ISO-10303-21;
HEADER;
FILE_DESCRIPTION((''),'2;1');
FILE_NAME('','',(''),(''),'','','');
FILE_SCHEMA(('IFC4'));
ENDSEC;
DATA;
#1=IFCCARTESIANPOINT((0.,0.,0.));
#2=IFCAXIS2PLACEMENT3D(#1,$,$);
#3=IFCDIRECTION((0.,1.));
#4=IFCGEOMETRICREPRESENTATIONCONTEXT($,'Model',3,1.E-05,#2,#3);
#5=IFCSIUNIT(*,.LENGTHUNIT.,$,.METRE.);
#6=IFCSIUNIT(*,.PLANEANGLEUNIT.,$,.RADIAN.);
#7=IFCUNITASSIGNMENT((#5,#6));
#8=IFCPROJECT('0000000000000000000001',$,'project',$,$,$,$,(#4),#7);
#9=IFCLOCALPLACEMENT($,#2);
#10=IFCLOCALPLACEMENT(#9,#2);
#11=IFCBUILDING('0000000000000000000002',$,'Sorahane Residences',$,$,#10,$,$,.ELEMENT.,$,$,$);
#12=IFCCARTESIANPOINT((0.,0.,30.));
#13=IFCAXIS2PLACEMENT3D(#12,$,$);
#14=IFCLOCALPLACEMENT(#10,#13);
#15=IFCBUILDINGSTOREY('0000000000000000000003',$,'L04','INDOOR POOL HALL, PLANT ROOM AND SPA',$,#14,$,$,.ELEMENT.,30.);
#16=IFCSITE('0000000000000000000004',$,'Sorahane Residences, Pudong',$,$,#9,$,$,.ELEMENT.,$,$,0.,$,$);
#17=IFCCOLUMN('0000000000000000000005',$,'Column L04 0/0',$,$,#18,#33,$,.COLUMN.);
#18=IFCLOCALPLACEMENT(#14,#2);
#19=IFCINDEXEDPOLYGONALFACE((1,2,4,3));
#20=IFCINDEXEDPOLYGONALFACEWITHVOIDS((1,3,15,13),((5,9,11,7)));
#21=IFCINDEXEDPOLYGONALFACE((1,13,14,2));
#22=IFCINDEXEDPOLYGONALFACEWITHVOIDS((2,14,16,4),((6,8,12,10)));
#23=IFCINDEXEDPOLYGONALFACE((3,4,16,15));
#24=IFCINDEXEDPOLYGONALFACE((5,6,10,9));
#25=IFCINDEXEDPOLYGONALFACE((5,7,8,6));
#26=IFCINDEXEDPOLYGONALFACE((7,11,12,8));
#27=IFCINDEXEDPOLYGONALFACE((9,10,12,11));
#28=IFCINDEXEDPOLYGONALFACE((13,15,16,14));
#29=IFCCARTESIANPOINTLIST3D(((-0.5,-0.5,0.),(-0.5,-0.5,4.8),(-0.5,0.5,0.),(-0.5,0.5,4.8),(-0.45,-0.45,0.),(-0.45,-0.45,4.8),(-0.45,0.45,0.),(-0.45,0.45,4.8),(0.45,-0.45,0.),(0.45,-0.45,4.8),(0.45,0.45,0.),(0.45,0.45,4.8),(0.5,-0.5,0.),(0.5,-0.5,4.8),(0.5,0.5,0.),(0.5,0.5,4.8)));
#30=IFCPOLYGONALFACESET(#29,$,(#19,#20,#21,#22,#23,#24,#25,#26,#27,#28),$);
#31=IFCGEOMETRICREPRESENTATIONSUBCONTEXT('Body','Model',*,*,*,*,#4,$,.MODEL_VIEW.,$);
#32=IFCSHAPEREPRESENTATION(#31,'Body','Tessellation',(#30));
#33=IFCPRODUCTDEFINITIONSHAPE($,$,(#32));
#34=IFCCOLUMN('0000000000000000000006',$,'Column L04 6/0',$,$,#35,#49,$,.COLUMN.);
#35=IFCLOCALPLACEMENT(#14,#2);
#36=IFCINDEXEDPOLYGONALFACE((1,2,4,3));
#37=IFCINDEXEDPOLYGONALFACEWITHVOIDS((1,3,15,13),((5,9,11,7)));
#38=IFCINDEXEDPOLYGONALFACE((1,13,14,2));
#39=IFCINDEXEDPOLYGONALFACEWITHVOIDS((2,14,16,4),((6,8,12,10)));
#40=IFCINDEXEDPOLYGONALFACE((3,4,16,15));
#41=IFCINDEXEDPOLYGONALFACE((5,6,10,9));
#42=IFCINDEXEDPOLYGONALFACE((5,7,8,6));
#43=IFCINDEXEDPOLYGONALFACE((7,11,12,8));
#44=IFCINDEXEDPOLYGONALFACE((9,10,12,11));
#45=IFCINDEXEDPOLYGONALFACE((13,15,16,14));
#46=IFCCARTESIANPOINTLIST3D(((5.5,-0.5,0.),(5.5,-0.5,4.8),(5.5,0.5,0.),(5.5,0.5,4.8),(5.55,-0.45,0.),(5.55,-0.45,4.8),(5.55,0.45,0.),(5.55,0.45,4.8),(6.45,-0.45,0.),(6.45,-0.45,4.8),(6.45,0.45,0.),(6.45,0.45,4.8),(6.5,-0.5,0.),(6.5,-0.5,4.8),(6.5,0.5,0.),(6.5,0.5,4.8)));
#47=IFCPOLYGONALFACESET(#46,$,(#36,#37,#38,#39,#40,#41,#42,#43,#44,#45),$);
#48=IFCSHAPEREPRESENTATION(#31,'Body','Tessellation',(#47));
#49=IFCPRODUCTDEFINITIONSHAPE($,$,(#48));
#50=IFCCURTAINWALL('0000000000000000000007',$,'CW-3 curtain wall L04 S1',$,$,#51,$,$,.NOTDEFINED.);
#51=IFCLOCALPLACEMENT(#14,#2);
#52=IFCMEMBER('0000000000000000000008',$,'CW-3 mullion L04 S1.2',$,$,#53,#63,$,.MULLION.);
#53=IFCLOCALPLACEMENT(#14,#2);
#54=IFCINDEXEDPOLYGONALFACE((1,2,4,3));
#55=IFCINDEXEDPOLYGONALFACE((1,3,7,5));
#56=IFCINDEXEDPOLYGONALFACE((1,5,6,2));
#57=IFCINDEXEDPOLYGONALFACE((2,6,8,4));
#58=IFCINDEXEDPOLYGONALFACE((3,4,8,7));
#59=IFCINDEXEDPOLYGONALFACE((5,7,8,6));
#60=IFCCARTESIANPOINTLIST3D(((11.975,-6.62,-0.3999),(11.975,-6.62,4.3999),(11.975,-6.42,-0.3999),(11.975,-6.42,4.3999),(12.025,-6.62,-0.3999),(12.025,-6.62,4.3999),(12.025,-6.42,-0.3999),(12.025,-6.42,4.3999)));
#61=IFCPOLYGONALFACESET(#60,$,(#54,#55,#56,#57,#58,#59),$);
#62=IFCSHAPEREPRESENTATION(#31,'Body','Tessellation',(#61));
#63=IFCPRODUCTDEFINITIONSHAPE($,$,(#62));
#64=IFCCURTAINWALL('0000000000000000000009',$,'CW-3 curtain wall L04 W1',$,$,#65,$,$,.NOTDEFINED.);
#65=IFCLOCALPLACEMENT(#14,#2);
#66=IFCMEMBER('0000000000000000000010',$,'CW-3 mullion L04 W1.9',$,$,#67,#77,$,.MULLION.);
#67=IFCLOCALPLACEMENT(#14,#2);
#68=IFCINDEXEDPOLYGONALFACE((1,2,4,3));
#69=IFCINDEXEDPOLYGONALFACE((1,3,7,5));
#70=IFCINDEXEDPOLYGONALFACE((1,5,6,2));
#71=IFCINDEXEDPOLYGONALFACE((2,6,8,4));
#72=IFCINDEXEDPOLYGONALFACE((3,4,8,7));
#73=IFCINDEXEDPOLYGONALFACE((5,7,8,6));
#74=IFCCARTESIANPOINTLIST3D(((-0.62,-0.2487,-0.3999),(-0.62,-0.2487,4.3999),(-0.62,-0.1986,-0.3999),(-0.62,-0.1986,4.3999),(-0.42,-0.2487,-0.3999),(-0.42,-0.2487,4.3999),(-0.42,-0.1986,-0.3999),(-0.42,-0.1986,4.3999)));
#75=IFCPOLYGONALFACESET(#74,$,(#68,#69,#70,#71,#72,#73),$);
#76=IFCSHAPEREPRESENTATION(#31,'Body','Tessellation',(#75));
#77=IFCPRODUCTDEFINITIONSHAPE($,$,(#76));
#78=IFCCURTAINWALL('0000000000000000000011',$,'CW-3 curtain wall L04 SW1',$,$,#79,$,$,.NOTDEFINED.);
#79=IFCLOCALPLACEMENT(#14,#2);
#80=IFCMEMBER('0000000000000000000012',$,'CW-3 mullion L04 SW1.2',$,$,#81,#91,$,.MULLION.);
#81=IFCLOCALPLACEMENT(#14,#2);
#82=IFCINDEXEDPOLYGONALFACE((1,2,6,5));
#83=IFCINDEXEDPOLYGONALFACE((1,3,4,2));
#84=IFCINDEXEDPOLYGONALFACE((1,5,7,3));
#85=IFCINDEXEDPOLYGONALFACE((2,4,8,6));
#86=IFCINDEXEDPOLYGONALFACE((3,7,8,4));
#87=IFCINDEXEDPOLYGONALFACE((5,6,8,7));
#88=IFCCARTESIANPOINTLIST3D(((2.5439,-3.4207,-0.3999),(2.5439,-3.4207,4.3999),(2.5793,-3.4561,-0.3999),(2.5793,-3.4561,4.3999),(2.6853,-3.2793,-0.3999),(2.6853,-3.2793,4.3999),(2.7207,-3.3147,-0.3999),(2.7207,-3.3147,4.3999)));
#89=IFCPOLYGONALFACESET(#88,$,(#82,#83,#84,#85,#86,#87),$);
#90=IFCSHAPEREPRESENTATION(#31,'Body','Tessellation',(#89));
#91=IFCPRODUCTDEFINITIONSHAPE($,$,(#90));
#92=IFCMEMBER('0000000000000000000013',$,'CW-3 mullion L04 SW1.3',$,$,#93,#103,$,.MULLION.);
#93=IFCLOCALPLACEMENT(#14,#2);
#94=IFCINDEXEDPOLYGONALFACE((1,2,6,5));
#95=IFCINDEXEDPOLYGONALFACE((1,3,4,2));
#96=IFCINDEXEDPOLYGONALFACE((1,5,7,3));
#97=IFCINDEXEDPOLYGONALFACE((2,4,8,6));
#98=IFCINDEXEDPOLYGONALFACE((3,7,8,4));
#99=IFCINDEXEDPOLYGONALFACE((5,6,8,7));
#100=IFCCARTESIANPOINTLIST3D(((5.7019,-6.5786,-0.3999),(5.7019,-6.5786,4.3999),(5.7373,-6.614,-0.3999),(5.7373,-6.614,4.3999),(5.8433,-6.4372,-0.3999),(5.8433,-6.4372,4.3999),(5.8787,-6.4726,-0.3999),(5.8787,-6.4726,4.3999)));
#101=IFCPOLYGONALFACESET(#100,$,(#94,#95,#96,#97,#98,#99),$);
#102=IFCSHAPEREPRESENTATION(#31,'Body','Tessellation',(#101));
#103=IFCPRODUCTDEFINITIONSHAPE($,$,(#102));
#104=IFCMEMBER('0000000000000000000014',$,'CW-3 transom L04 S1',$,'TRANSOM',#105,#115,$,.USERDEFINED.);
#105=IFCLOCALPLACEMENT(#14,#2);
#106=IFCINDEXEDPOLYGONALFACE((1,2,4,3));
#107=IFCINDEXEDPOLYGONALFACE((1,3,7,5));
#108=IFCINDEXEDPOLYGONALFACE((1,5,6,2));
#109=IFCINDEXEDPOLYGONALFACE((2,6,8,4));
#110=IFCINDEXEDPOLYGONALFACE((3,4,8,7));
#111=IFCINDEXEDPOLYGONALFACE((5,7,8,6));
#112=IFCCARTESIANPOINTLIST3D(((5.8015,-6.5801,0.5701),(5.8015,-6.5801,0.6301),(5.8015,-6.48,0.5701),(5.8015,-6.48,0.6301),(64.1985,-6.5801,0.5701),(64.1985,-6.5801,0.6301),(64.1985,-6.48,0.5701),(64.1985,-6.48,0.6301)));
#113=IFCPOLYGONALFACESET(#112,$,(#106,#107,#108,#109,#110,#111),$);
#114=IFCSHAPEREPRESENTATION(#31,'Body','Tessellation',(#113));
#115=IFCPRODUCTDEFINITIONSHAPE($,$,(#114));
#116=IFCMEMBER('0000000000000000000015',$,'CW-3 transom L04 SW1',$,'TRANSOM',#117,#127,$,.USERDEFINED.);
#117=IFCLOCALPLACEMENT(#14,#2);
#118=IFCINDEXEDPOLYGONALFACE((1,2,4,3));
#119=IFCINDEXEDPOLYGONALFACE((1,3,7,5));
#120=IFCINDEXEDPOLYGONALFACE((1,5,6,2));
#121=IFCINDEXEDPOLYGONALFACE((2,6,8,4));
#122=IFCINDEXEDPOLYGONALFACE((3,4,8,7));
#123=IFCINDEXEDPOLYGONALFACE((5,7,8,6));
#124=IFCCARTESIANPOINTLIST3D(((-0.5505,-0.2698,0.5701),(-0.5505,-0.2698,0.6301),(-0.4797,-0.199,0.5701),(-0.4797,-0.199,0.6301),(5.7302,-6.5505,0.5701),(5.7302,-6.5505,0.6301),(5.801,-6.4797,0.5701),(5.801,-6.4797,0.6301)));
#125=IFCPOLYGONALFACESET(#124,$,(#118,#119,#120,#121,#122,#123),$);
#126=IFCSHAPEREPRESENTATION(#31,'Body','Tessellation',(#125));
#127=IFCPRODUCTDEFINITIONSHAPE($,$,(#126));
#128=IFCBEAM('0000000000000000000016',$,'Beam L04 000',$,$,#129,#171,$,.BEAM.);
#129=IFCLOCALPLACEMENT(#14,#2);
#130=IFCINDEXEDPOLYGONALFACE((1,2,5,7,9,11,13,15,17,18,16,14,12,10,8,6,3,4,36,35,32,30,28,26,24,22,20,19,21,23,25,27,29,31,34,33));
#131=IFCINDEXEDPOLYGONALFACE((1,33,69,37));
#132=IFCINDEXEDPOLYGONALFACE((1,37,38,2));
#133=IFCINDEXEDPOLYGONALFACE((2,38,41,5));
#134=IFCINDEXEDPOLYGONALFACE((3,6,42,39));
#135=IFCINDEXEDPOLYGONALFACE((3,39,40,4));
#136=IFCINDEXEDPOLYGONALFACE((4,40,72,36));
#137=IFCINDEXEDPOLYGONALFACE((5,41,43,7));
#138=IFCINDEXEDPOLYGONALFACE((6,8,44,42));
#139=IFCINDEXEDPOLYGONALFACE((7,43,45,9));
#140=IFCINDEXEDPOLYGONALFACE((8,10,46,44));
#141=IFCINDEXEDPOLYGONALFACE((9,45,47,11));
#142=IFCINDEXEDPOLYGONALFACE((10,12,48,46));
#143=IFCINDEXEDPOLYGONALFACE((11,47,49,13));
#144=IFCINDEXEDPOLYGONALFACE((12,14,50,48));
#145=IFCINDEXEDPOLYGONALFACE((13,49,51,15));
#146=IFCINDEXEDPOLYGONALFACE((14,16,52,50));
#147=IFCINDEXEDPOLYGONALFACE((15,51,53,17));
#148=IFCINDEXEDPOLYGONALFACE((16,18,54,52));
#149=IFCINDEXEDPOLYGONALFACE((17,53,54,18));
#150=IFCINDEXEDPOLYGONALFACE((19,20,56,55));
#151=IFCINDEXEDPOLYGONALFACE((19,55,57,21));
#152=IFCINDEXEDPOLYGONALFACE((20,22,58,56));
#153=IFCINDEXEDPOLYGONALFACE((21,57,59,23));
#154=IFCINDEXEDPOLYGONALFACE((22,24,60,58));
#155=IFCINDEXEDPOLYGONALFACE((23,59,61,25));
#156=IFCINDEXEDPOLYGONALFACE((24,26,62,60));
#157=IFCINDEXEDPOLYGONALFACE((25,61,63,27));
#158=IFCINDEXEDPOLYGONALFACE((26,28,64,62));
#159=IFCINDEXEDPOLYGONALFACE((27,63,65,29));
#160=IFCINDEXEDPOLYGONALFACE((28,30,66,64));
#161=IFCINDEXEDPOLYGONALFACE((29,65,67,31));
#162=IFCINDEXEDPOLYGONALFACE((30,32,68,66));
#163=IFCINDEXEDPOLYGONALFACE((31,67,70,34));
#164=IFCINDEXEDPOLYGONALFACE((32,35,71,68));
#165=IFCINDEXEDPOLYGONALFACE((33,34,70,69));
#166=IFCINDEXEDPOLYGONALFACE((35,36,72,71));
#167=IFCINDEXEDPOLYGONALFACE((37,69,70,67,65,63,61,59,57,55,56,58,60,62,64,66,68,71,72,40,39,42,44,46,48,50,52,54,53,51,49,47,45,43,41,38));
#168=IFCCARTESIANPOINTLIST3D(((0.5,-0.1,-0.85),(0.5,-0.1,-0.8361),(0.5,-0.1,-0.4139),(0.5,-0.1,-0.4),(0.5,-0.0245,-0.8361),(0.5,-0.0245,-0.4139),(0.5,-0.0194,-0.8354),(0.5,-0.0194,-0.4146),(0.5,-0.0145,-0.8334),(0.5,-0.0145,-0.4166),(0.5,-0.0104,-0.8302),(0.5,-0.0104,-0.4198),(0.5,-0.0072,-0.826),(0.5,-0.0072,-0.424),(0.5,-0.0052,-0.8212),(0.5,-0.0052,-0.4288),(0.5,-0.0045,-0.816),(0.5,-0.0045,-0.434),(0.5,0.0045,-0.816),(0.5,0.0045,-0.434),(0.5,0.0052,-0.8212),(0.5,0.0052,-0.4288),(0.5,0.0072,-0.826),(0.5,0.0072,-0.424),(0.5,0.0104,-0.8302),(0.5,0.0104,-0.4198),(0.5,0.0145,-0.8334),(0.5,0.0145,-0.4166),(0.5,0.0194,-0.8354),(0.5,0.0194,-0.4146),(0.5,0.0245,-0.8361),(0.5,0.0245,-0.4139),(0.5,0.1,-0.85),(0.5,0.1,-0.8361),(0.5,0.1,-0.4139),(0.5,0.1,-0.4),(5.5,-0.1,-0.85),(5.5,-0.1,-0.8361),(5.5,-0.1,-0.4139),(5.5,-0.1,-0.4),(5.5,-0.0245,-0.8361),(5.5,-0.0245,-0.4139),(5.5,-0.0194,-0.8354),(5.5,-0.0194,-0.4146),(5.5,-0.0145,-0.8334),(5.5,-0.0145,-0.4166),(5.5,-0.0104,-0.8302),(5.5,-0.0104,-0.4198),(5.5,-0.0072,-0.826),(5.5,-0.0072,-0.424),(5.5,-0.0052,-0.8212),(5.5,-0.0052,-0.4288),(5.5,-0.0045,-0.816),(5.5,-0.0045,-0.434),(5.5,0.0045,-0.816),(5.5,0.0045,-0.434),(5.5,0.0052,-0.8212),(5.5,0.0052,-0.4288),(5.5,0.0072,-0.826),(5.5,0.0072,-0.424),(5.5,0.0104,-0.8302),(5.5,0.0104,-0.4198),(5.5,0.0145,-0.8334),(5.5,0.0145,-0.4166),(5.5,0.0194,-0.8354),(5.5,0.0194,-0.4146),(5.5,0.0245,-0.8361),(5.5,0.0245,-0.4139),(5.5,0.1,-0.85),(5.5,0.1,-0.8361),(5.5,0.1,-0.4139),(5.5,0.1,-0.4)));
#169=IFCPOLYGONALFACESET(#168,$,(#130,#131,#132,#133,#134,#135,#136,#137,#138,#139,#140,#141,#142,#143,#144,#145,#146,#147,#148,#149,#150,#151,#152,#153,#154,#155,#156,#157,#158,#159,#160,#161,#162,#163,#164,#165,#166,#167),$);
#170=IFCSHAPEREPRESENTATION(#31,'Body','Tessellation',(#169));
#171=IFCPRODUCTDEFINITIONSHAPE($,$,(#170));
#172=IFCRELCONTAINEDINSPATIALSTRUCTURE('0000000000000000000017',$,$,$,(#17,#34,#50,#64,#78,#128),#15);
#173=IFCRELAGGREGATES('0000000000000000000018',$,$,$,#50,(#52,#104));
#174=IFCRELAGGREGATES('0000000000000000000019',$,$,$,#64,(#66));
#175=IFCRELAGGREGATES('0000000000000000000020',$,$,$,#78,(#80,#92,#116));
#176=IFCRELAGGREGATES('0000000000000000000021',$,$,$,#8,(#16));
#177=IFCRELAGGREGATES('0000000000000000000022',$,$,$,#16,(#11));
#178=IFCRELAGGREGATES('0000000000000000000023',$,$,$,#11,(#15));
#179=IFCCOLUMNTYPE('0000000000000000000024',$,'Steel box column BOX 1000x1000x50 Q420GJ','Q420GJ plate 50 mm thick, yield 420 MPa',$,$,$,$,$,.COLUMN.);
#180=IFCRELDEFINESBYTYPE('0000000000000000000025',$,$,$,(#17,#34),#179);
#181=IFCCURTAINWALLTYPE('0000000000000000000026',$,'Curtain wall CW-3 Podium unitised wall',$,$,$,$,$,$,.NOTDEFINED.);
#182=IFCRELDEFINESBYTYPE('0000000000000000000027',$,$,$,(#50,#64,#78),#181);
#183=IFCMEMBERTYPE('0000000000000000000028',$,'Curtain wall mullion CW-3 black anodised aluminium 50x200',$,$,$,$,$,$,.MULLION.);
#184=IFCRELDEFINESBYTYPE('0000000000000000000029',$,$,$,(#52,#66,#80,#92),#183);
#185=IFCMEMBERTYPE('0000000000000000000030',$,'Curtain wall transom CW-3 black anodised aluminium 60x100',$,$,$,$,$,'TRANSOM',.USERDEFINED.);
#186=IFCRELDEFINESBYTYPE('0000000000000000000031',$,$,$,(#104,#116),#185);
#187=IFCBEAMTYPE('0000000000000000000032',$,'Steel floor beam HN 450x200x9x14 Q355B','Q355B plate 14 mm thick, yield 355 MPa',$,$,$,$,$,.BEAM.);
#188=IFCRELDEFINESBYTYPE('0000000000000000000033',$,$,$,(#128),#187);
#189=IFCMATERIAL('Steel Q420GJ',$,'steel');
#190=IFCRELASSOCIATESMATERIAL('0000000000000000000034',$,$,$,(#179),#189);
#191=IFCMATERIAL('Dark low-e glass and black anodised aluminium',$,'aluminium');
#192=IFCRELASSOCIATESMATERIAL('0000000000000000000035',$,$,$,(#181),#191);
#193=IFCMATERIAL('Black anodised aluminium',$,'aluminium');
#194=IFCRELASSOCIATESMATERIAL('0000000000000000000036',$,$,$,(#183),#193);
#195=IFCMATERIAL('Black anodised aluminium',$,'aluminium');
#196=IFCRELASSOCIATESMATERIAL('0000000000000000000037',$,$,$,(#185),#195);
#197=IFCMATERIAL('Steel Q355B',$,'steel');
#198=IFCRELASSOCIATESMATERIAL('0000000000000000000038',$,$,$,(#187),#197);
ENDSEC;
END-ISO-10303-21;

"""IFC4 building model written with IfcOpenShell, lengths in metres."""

from ifc_helpers import new_model, si_unit, direction, frame, origin, origin_2d, place, context, subcontext, project, spatial, rectangle, hollow_rectangle, i_section, extrude, material, material_profile, profile_set, type_object, element, aggregate, save


model = new_model("IFC4")

# Units and contexts
model_context = context("Model", 3, precision=1e-05, world=origin(), true_north=direction((0.0, 1.0)))
body_context = subcontext(model_context, "Body", "Model", "MODEL_VIEW")
ifc_project = project(units=[si_unit("LENGTHUNIT", "METRE"), si_unit("PLANEANGLEUNIT", "RADIAN")], contexts=[model_context])

# Site, building, storey
site_placement = place(None, origin())
site = spatial("IfcSite", under=ifc_project, at=site_placement, Name="Sorahane Residences, Pudong", CompositionType="ELEMENT", RefElevation=0.0)
building_placement = place(site_placement, origin())
building = spatial("IfcBuilding", under=site, at=building_placement, Name="Sorahane Residences", CompositionType="ELEMENT")
storey_placement = place(building_placement, frame((0.0, 0.0, 30.0)))
storey = spatial("IfcBuildingStorey", under=building, at=storey_placement, Name="L04", Description="INDOOR POOL HALL, PLANT ROOM AND SPA", CompositionType="ELEMENT", Elevation=30.0)

# Columns
ifc_material_1 = material(Name="Steel Q420GJ", Category="steel")
ifc_material_profile_1 = material_profile(ifc_material_1, hollow_rectangle(XDim=1.0, YDim=1.0, WallThickness=0.05, at=origin_2d()), Name="BOX 1000x1000x50")
ifc_profile_set_1 = profile_set([ifc_material_profile_1], Name="Steel Q420GJ")
column_type = type_object("IfcColumnType", Name="Steel box column BOX 1000x1000x50 Q420GJ", Description="Q420GJ plate 50 mm thick, yield 420 MPa", PredefinedType="COLUMN", material=ifc_profile_set_1)
for number, where, z_axis, x_axis, name in (
    (1, (0.0, 0.0, 0.0), (0.0, 0.0, 1.0), (1.0, 0.0, 0.0), "Column L04 0/0"),
    (2, (6.0, 0.0, 0.0), (0.0, 0.0, 1.0), (1.0, 0.0, 0.0), "Column L04 6/0"),
):
    element("IfcColumn", number, at=place(storey_placement, frame(where, z_axis=z_axis, x_axis=x_axis)), inside=storey, type_object=column_type, Name=name, PredefinedType="COLUMN", context=body_context, shape_type="SweptSolid", body=[
        extrude(hollow_rectangle(XDim=1.0, YDim=1.0, WallThickness=0.05, at=origin_2d()), origin(), (0.0, 0.0, 1.0), 4.8),
    ])

# Curtain walls, members
ifc_material_2 = material(Name="Dark low-e glass and black anodised aluminium", Category="aluminium")
curtain_wall_type = type_object("IfcCurtainWallType", Name="Curtain wall CW-3 Podium unitised wall", PredefinedType="NOTDEFINED", material=ifc_material_2)
curtain_wall_1_placement = place(storey_placement, origin())
curtain_wall_1 = element("IfcCurtainWall", 3, at=curtain_wall_1_placement, inside=storey, type_object=curtain_wall_type, Name="CW-3 curtain wall L04 S1", PredefinedType="NOTDEFINED")
ifc_material_3 = material(Name="Black anodised aluminium", Category="aluminium")
ifc_material_profile_2 = material_profile(ifc_material_3, rectangle(XDim=0.2, YDim=0.05, at=origin_2d()), Name="Curtain wall mullion CW-3 black anodised aluminium 50x200")
ifc_profile_set_2 = profile_set([ifc_material_profile_2], Name="Black anodised aluminium")
member_type_1 = type_object("IfcMemberType", Name="Curtain wall mullion CW-3 black anodised aluminium 50x200", PredefinedType="MULLION", material=ifc_profile_set_2)
member_1_placement = place(storey_placement, frame((12.0, -6.52, -0.3999), z_axis=(0.0, 0.0, 1.0), x_axis=(0.0, -1.0, 0.0)))
member_1 = element("IfcMember", 4, at=member_1_placement, type_object=member_type_1, Name="CW-3 mullion L04 S1.2", PredefinedType="MULLION", context=body_context, shape_type="SweptSolid", body=[
    extrude(rectangle(XDim=0.2, YDim=0.05, at=origin_2d()), origin(), (0.0, 0.0, 1.0), 4.7998),
])
curtain_wall_2_placement = place(storey_placement, origin())
curtain_wall_2 = element("IfcCurtainWall", 5, at=curtain_wall_2_placement, inside=storey, type_object=curtain_wall_type, Name="CW-3 curtain wall L04 W1", PredefinedType="NOTDEFINED")
member_2_placement = place(storey_placement, frame((-0.52, -0.2236, -0.3999), z_axis=(0.0, 0.0, 1.0), x_axis=(-1.0, 0.0, 0.0)))
member_2 = element("IfcMember", 6, at=member_2_placement, type_object=member_type_1, Name="CW-3 mullion L04 W1.9", PredefinedType="MULLION", context=body_context, shape_type="SweptSolid", body=[
    extrude(rectangle(XDim=0.2, YDim=0.05, at=origin_2d()), origin(), (0.0, 0.0, 1.0), 4.7998),
])

# Curtain wall, members
curtain_wall_3_placement = place(storey_placement, origin())
curtain_wall_3 = element("IfcCurtainWall", 7, at=curtain_wall_3_placement, inside=storey, type_object=curtain_wall_type, Name="CW-3 curtain wall L04 SW1", PredefinedType="NOTDEFINED")
member_3_placement = place(storey_placement, frame((2.6323, -3.3677, -0.3999), z_axis=(0.0, 0.0, 1.0), x_axis=(-0.707107, -0.707107, 0.0)))
member_3 = element("IfcMember", 8, at=member_3_placement, type_object=member_type_1, Name="CW-3 mullion L04 SW1.2", PredefinedType="MULLION", context=body_context, shape_type="SweptSolid", body=[
    extrude(rectangle(XDim=0.2, YDim=0.05, at=origin_2d()), origin(), (0.0, 0.0, 1.0), 4.7998),
])
member_4_placement = place(storey_placement, frame((5.7903, -6.5256, -0.3999), z_axis=(0.0, 0.0, 1.0), x_axis=(-0.707107, -0.707107, 0.0)))
member_4 = element("IfcMember", 9, at=member_4_placement, type_object=member_type_1, Name="CW-3 mullion L04 SW1.3", PredefinedType="MULLION", context=body_context, shape_type="SweptSolid", body=[
    extrude(rectangle(XDim=0.2, YDim=0.05, at=origin_2d()), origin(), (0.0, 0.0, 1.0), 4.7998),
])

# Members
ifc_material_4 = material(Name="Black anodised aluminium", Category="aluminium")
ifc_material_profile_3 = material_profile(ifc_material_4, rectangle(XDim=0.1001, YDim=0.0601, at=origin_2d()), Name="Curtain wall transom CW-3 black anodised aluminium 60x100")
ifc_profile_set_3 = profile_set([ifc_material_profile_3], Name="Black anodised aluminium")
member_type_2 = type_object("IfcMemberType", Name="Curtain wall transom CW-3 black anodised aluminium 60x100", ElementType="TRANSOM", PredefinedType="USERDEFINED", material=ifc_profile_set_3)
member_5_placement = place(storey_placement, frame((5.8015, -6.53, 0.6001), z_axis=(1.0, 0.0, 0.0), x_axis=(0.0, 1.0, 0.0)))
member_5 = element("IfcMember", 10, at=member_5_placement, type_object=member_type_2, Name="CW-3 transom L04 S1", ObjectType="TRANSOM", PredefinedType="USERDEFINED", context=body_context, shape_type="SweptSolid", body=[
    extrude(rectangle(XDim=0.1001, YDim=0.0601, at=origin_2d()), origin(), (0.0, 0.0, 1.0), 58.397),
])
member_6_placement = place(storey_placement, frame((-0.5151, -0.2344, 0.6001), z_axis=(0.707107, -0.707107, 0.0), x_axis=(0.707107, 0.707107, 0.0)))
member_6 = element("IfcMember", 11, at=member_6_placement, type_object=member_type_2, Name="CW-3 transom L04 SW1", ObjectType="TRANSOM", PredefinedType="USERDEFINED", context=body_context, shape_type="SweptSolid", body=[
    extrude(rectangle(XDim=0.1001, YDim=0.0601, at=origin_2d()), origin(), (0.0, 0.0, 1.0), 8.8823),
])

# Beam
ifc_material_5 = material(Name="Steel Q355B", Category="steel")
ifc_material_profile_4 = material_profile(ifc_material_5, i_section(OverallWidth=0.2, OverallDepth=0.45, WebThickness=0.009, FlangeThickness=0.0139, FilletRadius=0.02, at=origin_2d()), Name="HN 450x200x9x14")
ifc_profile_set_4 = profile_set([ifc_material_profile_4], Name="Steel Q355B")
beam_type_1 = type_object("IfcBeamType", Name="Steel floor beam HN 450x200x9x14 Q355B", Description="Q355B plate 14 mm thick, yield 355 MPa", PredefinedType="BEAM", material=ifc_profile_set_4)
for number, where, z_axis, x_axis, name in (
    (12, (0.5, 0.0, -0.625), (1.0, 0.0, 0.0), (0.0, 1.0, 0.0), "Beam L04 000"),
):
    element("IfcBeam", number, at=place(storey_placement, frame(where, z_axis=z_axis, x_axis=x_axis)), inside=storey, type_object=beam_type_1, Name=name, PredefinedType="BEAM", context=body_context, shape_type="SweptSolid", body=[
        extrude(i_section(OverallWidth=0.2, OverallDepth=0.45, WebThickness=0.009, FlangeThickness=0.0139, FilletRadius=0.02, at=origin_2d()), origin(), (0.0, 0.0, 1.0), 5.0),
    ])

aggregate(curtain_wall_1, [member_1, member_5])
aggregate(curtain_wall_2, [member_2])
aggregate(curtain_wall_3, [member_3, member_4, member_6])

save(model, "model.ifc")
